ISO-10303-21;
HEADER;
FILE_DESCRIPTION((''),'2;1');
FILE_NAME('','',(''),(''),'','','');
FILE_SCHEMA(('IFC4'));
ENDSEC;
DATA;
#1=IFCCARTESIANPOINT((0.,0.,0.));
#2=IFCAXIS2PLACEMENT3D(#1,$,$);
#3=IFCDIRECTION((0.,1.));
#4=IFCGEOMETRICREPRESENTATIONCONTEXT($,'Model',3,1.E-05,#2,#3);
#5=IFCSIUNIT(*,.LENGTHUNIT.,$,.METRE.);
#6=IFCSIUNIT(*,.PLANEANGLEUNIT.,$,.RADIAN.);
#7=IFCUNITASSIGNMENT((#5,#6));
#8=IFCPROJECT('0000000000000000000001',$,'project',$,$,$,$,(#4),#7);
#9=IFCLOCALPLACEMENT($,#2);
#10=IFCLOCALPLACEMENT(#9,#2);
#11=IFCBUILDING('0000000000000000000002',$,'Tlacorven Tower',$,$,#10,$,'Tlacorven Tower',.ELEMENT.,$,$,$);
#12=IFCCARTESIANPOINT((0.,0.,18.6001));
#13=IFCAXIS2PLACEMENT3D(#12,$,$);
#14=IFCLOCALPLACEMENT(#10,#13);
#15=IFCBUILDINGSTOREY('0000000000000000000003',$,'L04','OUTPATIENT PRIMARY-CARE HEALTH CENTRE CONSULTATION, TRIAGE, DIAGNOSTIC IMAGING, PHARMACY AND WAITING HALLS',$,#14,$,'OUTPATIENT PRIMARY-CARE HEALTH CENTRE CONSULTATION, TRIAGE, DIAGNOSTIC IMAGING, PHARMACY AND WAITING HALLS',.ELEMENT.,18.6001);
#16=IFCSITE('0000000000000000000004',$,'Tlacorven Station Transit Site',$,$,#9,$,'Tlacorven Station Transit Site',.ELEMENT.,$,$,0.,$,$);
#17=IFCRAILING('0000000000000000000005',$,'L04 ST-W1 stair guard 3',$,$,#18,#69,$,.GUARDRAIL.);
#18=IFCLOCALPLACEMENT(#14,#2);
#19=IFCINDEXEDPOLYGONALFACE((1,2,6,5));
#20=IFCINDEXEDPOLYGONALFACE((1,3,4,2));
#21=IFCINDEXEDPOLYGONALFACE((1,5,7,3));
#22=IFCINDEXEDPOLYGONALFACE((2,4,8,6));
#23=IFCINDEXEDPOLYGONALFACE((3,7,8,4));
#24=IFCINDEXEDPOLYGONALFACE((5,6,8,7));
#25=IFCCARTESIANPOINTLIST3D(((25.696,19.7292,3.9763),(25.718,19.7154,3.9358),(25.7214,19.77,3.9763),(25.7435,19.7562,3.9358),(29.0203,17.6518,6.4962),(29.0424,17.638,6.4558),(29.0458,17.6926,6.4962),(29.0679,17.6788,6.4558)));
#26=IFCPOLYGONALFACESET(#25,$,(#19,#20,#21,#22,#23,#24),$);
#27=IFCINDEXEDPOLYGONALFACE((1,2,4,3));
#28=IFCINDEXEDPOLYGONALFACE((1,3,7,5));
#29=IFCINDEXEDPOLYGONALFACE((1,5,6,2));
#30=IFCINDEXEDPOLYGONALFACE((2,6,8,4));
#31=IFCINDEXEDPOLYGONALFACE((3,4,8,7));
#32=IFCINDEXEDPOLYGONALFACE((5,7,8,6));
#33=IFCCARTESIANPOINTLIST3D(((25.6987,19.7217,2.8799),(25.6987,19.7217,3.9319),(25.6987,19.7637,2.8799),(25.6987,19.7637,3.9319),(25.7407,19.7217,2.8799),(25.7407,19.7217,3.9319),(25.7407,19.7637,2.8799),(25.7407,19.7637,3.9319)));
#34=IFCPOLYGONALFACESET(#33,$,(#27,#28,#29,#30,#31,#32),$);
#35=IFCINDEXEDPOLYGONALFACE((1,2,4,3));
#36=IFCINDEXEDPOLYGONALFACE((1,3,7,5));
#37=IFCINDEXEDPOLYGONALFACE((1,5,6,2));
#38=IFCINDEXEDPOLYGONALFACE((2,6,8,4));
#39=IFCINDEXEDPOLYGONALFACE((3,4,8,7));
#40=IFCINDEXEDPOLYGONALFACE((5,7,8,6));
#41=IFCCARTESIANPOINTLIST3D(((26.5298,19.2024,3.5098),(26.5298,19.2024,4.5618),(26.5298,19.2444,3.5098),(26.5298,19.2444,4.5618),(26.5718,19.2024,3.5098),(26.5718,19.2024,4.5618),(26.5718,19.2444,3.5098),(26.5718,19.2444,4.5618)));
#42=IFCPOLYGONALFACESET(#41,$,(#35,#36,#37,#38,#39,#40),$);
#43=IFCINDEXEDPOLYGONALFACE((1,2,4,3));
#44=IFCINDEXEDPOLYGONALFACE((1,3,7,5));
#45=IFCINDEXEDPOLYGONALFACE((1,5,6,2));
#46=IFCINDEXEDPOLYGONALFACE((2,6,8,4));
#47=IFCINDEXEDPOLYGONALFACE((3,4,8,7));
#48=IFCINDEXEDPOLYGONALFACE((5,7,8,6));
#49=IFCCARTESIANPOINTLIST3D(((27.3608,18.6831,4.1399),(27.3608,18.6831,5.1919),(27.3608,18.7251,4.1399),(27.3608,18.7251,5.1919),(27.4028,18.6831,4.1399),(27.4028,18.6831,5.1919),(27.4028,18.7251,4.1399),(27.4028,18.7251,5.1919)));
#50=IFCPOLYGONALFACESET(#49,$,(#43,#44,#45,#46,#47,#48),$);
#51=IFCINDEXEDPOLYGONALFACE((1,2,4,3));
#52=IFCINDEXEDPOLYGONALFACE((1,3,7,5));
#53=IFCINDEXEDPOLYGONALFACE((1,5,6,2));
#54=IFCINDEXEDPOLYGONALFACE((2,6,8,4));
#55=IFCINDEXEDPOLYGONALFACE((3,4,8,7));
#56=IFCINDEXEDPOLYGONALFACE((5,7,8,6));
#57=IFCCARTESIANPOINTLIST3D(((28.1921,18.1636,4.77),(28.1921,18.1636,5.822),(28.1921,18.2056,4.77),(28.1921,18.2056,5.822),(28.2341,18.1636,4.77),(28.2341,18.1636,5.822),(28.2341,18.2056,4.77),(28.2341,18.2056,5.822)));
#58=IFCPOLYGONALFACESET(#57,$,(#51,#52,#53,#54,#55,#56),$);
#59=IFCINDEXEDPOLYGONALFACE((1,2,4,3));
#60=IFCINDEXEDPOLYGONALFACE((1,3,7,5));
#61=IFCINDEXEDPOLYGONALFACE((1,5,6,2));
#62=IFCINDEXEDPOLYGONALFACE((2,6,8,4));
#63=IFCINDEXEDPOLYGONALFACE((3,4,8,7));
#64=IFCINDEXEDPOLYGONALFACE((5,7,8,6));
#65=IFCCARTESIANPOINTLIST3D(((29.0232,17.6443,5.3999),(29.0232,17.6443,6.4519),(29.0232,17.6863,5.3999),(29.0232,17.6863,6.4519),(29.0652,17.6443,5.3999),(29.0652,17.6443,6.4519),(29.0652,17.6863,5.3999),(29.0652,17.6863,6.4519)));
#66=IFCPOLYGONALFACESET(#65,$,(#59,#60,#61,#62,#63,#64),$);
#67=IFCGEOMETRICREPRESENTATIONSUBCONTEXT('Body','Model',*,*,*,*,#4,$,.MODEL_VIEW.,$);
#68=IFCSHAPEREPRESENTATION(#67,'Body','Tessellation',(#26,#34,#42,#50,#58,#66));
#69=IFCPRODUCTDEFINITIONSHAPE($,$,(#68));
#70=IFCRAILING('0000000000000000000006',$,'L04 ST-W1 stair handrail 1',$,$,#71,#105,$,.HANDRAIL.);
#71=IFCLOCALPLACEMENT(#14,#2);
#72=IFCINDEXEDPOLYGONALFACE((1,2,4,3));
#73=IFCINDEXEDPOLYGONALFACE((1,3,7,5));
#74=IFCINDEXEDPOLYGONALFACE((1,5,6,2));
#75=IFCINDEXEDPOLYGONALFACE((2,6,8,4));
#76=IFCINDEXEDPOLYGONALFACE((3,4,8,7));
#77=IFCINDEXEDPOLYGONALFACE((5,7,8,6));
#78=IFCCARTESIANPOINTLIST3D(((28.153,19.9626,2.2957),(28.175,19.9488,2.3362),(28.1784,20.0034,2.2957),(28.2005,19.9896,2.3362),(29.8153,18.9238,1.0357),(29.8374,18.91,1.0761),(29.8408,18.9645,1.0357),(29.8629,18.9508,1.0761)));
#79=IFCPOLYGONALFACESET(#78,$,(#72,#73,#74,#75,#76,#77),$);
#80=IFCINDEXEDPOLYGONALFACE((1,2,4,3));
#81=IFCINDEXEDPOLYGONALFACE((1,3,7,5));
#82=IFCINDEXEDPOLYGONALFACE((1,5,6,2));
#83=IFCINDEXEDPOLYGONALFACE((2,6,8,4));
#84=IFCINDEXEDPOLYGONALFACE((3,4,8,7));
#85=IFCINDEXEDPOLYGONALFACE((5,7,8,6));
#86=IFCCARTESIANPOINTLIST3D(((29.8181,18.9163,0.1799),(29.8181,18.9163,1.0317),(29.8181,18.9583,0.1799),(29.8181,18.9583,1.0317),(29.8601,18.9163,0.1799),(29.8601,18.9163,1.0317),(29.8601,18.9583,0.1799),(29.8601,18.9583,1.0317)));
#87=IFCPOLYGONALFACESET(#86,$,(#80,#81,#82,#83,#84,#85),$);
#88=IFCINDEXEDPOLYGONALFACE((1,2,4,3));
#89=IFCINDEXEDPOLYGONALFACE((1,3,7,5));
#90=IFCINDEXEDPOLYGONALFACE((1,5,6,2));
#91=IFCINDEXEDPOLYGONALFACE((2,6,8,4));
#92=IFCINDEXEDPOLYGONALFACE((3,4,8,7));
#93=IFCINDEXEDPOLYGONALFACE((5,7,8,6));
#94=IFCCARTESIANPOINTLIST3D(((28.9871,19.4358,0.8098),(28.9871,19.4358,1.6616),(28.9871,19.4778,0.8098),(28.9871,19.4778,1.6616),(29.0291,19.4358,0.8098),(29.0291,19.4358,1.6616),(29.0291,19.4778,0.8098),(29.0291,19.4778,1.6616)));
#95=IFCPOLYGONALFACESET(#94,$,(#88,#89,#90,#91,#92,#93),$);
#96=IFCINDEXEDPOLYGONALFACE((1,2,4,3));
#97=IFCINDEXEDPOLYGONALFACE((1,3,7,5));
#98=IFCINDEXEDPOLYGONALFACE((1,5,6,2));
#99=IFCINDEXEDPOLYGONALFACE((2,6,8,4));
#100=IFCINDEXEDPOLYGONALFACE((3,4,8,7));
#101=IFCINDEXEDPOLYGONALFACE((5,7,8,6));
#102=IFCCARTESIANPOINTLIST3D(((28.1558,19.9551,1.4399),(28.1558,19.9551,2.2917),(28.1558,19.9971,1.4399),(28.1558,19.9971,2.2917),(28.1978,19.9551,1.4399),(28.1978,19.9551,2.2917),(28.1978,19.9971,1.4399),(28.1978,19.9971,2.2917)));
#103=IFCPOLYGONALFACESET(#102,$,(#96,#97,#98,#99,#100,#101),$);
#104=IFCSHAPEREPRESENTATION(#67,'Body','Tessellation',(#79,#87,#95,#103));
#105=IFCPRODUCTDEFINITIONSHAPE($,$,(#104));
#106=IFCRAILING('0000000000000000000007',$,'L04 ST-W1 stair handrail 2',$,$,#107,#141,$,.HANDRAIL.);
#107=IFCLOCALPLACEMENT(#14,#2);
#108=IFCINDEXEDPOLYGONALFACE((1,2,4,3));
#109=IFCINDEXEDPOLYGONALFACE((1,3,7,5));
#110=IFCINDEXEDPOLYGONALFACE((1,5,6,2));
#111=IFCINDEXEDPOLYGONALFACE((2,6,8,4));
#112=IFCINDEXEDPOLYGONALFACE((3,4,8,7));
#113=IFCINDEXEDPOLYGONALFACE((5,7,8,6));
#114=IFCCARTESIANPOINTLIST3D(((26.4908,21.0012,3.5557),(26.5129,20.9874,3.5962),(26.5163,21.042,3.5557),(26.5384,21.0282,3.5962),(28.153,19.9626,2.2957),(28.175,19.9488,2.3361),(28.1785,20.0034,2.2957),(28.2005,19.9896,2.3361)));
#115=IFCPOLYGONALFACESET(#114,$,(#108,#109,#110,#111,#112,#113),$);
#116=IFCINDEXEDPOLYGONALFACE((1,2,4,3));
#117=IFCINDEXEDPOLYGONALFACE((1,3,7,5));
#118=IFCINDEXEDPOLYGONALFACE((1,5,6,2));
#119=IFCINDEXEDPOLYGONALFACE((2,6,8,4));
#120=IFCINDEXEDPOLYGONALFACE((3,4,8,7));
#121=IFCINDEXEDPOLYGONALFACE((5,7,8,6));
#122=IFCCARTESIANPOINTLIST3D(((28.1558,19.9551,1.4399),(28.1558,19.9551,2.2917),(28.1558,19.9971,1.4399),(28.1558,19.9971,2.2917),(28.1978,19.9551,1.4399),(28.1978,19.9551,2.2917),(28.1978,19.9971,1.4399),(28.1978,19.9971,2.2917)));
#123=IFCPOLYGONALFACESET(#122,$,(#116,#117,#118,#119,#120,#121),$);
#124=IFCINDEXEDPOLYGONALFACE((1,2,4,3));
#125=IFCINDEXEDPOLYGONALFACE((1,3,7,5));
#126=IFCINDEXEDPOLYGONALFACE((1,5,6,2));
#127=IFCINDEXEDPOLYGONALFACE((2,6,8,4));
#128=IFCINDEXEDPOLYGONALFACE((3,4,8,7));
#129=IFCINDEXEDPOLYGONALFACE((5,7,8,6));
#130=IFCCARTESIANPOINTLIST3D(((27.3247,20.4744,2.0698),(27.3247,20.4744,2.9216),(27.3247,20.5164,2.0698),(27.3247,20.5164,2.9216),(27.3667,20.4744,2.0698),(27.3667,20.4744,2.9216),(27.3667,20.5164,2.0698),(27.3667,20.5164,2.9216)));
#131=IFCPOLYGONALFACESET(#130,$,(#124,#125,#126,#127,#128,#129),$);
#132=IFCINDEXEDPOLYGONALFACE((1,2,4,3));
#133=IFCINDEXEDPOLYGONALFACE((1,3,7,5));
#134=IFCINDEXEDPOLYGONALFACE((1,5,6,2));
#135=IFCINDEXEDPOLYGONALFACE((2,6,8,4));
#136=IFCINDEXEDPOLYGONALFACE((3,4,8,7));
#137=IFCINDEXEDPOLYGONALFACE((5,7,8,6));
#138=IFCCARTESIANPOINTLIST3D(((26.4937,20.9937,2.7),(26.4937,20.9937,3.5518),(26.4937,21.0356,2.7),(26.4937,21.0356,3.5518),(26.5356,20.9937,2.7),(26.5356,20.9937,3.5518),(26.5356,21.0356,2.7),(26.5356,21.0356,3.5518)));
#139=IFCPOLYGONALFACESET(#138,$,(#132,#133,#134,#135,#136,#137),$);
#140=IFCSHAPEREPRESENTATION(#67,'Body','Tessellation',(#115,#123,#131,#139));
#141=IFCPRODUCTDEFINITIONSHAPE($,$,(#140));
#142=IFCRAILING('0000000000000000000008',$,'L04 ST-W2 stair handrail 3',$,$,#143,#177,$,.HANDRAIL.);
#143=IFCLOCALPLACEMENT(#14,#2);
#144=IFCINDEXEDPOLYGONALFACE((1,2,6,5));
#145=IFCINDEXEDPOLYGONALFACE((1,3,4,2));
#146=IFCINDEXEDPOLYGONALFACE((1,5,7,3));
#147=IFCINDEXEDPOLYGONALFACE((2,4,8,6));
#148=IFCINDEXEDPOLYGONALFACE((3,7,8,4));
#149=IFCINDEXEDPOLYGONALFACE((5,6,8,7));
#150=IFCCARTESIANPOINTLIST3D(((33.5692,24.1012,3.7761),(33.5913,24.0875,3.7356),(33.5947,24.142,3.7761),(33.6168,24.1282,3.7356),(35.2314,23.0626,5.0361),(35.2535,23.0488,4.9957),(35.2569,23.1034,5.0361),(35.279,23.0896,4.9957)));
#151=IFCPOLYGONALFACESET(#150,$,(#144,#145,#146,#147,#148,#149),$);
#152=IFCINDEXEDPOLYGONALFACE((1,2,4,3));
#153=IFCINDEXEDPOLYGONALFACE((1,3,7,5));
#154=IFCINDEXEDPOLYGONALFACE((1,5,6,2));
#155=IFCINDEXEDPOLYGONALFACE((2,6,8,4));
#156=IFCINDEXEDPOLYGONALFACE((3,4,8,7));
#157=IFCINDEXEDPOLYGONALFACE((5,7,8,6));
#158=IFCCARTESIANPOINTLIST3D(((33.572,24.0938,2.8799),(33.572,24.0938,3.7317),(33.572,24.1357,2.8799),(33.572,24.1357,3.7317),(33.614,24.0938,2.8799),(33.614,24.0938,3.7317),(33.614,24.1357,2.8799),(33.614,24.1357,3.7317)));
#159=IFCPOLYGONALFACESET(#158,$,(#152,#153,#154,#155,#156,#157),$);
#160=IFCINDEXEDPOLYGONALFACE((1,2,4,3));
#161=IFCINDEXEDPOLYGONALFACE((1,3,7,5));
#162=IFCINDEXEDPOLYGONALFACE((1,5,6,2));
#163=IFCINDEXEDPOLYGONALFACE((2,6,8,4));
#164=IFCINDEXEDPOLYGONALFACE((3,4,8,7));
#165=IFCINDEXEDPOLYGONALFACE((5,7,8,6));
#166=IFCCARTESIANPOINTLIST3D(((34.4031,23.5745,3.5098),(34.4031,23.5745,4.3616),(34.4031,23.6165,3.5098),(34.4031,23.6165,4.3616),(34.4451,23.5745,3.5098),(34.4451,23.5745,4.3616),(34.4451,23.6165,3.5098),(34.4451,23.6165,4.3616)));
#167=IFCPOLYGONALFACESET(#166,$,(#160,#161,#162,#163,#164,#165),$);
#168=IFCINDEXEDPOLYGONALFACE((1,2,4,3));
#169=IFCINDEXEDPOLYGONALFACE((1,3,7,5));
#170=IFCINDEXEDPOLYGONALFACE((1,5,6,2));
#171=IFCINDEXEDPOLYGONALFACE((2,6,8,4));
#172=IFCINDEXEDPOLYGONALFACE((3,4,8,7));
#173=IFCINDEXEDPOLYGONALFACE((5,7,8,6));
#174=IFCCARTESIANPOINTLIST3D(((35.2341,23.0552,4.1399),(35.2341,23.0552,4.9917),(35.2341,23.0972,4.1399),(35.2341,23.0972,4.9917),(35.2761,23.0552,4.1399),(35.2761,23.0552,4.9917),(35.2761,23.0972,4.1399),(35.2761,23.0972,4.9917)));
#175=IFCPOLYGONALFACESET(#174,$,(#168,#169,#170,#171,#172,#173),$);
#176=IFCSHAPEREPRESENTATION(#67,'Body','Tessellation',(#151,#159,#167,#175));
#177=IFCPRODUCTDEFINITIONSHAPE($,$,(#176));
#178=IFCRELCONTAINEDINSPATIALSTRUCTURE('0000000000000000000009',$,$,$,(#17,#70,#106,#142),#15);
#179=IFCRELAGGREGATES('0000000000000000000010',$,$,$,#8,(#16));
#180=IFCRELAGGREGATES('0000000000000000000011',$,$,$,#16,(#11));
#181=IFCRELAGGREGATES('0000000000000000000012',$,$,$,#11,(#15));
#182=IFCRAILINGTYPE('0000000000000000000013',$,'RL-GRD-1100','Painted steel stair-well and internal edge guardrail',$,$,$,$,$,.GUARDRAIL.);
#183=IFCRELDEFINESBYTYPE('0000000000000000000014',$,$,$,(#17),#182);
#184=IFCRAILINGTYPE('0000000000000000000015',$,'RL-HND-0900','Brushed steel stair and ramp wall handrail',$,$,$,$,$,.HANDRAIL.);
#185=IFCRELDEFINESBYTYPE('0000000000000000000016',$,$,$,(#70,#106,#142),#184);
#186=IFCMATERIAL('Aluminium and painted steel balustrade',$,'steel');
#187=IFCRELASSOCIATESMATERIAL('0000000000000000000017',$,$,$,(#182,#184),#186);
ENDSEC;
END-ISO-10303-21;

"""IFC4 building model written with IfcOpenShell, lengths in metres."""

from ifc_helpers import new_model, si_unit, direction, frame, origin, origin_2d, place, context, subcontext, project, spatial, rectangle, extrude, source, transform, mapped, material, type_object, element, save


model = new_model("IFC4")

# Units and contexts
model_context = context("Model", 3, precision=1e-05, world=origin(), true_north=direction((0.0, 1.0)))
body_context = subcontext(model_context, "Body", "Model", "MODEL_VIEW")
ifc_project = project(units=[si_unit("LENGTHUNIT", "METRE"), si_unit("PLANEANGLEUNIT", "RADIAN")], contexts=[model_context])

# Site, building, storey
site_placement = place(None, origin())
site = spatial("IfcSite", under=ifc_project, at=site_placement, Name="Tlacorven Station Transit Site", LongName="Tlacorven Station Transit Site", CompositionType="ELEMENT", RefElevation=0.0)
building_placement = place(site_placement, origin())
building = spatial("IfcBuilding", under=site, at=building_placement, Name="Tlacorven Tower", LongName="Tlacorven Tower", CompositionType="ELEMENT")
storey_placement = place(building_placement, frame((0.0, 0.0, 18.6001)))
storey = spatial("IfcBuildingStorey", under=building, at=storey_placement, Name="L04", Description="OUTPATIENT PRIMARY-CARE HEALTH CENTRE CONSULTATION, TRIAGE, DIAGNOSTIC IMAGING, PHARMACY AND WAITING HALLS", LongName="OUTPATIENT PRIMARY-CARE HEALTH CENTRE CONSULTATION, TRIAGE, DIAGNOSTIC IMAGING, PHARMACY AND WAITING HALLS", CompositionType="ELEMENT", Elevation=18.6001)

# Railings
ifc_material_1 = material(Name="Aluminium and painted steel balustrade", Category="steel")
railing_type_1 = type_object("IfcRailingType", Name="RL-GRD-1100", Description="Painted steel stair-well and internal edge guardrail", PredefinedType="GUARDRAIL", material=ifc_material_1)
shared_shape_1 = source(origin(), body_context, "Body", "SweptSolid", [
    extrude(rectangle(XDim=0.0481, YDim=0.0481, at=origin_2d()), frame((0.0, 0.0, 1.0762), z_axis=(0.713363, -0.445767, 0.540745), x_axis=(0.529926, 0.848044, 0.0)), (0.0, 0.0, 1.0), 4.6602),
    extrude(rectangle(XDim=0.042, YDim=0.042, at=origin_2d()), origin(), (0.0, 0.0, 1.0), 1.052),
    extrude(rectangle(XDim=0.042, YDim=0.042, at=origin_2d()), frame((0.8311, -0.5193, 0.6299)), (0.0, 0.0, 1.0), 1.052),
    extrude(rectangle(XDim=0.042, YDim=0.042, at=origin_2d()), frame((1.6621, -1.0386, 1.26)), (0.0, 0.0, 1.0), 1.052),
    extrude(rectangle(XDim=0.042, YDim=0.042, at=origin_2d()), frame((2.4934, -1.5581, 1.8901)), (0.0, 0.0, 1.0), 1.052),
    extrude(rectangle(XDim=0.042, YDim=0.042, at=origin_2d()), frame((3.3245, -2.0774, 2.52)), (0.0, 0.0, 1.0), 1.052),
])
railing_1_placement = place(storey_placement, frame((25.7197, 19.7427, 2.8799)))
element("IfcRailing", 1, at=railing_1_placement, inside=storey, type_object=railing_type_1, Name="L04 ST-W1 stair guard 3", PredefinedType="GUARDRAIL", context=body_context, shape_type="MappedRepresentation", body=[
    mapped(shared_shape_1, transform((0.0, 0.0, 0.0), scale=1.0)),
])
railing_type_2 = type_object("IfcRailingType", Name="RL-HND-0900", Description="Brushed steel stair and ramp wall handrail", PredefinedType="HANDRAIL", material=ifc_material_1)
shared_shape_2 = source(origin(), body_context, "Body", "SweptSolid", [
    extrude(rectangle(XDim=0.0481, YDim=0.0481, at=origin_2d()), frame((0.0, 0.0, 0.876), z_axis=(-0.713372, 0.445792, 0.540713), x_axis=(-0.529943, -0.848033, 0.0)), (0.0, 0.0, 1.0), 2.3303),
    extrude(rectangle(XDim=0.042, YDim=0.042, at=origin_2d()), origin(), (0.0, 0.0, 1.0), 0.8518),
    extrude(rectangle(XDim=0.042, YDim=0.042, at=origin_2d()), frame((-0.8311, 0.5195, 0.6299)), (0.0, 0.0, 1.0), 0.8518),
    extrude(rectangle(XDim=0.042, YDim=0.042, at=origin_2d()), frame((-1.6624, 1.0388, 1.26)), (0.0, 0.0, 1.0), 0.8518),
])
railing_2_placement = place(storey_placement, frame((29.8391, 18.9373, 0.1799)))
element("IfcRailing", 2, at=railing_2_placement, inside=storey, type_object=railing_type_2, Name="L04 ST-W1 stair handrail 1", PredefinedType="HANDRAIL", context=body_context, shape_type="MappedRepresentation", body=[
    mapped(shared_shape_2, transform((0.0, 0.0, 0.0), scale=1.0)),
])
shared_shape_3 = source(origin(), body_context, "Body", "SweptSolid", [
    extrude(rectangle(XDim=0.0481, YDim=0.0481, at=origin_2d()), frame((0.0, 0.0, 0.876), z_axis=(-0.713354, 0.445741, 0.540778), x_axis=(-0.529909, -0.848054, 0.0)), (0.0, 0.0, 1.0), 2.3301),
    extrude(rectangle(XDim=0.042, YDim=0.042, at=origin_2d()), origin(), (0.0, 0.0, 1.0), 0.8518),
    extrude(rectangle(XDim=0.042, YDim=0.042, at=origin_2d()), frame((-0.8311, 0.5193, 0.6299)), (0.0, 0.0, 1.0), 0.8518),
    extrude(rectangle(XDim=0.042, YDim=0.042, at=origin_2d()), frame((-1.6621, 1.0386, 1.26)), (0.0, 0.0, 1.0), 0.8518),
])
railing_3_placement = place(storey_placement, frame((28.1768, 19.9761, 1.4399)))
element("IfcRailing", 3, at=railing_3_placement, inside=storey, type_object=railing_type_2, Name="L04 ST-W1 stair handrail 2", PredefinedType="HANDRAIL", context=body_context, shape_type="MappedRepresentation", body=[
    mapped(shared_shape_3, transform((0.0, 0.0, 0.0), scale=1.0)),
])
shared_shape_4 = source(origin(), body_context, "Body", "SweptSolid", [
    extrude(rectangle(XDim=0.0481, YDim=0.0481, at=origin_2d()), frame((0.0, 0.0, 0.876), z_axis=(0.713354, -0.445741, 0.540778), x_axis=(0.529909, 0.848054, 0.0)), (0.0, 0.0, 1.0), 2.3301),
    extrude(rectangle(XDim=0.042, YDim=0.042, at=origin_2d()), origin(), (0.0, 0.0, 1.0), 0.8518),
    extrude(rectangle(XDim=0.042, YDim=0.042, at=origin_2d()), frame((0.8311, -0.5193, 0.6299)), (0.0, 0.0, 1.0), 0.8518),
    extrude(rectangle(XDim=0.042, YDim=0.042, at=origin_2d()), frame((1.6621, -1.0386, 1.26)), (0.0, 0.0, 1.0), 0.8518),
])
railing_4_placement = place(storey_placement, frame((33.593, 24.1147, 2.8799)))
element("IfcRailing", 4, at=railing_4_placement, inside=storey, type_object=railing_type_2, Name="L04 ST-W2 stair handrail 3", PredefinedType="HANDRAIL", context=body_context, shape_type="MappedRepresentation", body=[
    mapped(shared_shape_4, transform((0.0, 0.0, 0.0), scale=1.0)),
])

save(model, "model.ifc")
